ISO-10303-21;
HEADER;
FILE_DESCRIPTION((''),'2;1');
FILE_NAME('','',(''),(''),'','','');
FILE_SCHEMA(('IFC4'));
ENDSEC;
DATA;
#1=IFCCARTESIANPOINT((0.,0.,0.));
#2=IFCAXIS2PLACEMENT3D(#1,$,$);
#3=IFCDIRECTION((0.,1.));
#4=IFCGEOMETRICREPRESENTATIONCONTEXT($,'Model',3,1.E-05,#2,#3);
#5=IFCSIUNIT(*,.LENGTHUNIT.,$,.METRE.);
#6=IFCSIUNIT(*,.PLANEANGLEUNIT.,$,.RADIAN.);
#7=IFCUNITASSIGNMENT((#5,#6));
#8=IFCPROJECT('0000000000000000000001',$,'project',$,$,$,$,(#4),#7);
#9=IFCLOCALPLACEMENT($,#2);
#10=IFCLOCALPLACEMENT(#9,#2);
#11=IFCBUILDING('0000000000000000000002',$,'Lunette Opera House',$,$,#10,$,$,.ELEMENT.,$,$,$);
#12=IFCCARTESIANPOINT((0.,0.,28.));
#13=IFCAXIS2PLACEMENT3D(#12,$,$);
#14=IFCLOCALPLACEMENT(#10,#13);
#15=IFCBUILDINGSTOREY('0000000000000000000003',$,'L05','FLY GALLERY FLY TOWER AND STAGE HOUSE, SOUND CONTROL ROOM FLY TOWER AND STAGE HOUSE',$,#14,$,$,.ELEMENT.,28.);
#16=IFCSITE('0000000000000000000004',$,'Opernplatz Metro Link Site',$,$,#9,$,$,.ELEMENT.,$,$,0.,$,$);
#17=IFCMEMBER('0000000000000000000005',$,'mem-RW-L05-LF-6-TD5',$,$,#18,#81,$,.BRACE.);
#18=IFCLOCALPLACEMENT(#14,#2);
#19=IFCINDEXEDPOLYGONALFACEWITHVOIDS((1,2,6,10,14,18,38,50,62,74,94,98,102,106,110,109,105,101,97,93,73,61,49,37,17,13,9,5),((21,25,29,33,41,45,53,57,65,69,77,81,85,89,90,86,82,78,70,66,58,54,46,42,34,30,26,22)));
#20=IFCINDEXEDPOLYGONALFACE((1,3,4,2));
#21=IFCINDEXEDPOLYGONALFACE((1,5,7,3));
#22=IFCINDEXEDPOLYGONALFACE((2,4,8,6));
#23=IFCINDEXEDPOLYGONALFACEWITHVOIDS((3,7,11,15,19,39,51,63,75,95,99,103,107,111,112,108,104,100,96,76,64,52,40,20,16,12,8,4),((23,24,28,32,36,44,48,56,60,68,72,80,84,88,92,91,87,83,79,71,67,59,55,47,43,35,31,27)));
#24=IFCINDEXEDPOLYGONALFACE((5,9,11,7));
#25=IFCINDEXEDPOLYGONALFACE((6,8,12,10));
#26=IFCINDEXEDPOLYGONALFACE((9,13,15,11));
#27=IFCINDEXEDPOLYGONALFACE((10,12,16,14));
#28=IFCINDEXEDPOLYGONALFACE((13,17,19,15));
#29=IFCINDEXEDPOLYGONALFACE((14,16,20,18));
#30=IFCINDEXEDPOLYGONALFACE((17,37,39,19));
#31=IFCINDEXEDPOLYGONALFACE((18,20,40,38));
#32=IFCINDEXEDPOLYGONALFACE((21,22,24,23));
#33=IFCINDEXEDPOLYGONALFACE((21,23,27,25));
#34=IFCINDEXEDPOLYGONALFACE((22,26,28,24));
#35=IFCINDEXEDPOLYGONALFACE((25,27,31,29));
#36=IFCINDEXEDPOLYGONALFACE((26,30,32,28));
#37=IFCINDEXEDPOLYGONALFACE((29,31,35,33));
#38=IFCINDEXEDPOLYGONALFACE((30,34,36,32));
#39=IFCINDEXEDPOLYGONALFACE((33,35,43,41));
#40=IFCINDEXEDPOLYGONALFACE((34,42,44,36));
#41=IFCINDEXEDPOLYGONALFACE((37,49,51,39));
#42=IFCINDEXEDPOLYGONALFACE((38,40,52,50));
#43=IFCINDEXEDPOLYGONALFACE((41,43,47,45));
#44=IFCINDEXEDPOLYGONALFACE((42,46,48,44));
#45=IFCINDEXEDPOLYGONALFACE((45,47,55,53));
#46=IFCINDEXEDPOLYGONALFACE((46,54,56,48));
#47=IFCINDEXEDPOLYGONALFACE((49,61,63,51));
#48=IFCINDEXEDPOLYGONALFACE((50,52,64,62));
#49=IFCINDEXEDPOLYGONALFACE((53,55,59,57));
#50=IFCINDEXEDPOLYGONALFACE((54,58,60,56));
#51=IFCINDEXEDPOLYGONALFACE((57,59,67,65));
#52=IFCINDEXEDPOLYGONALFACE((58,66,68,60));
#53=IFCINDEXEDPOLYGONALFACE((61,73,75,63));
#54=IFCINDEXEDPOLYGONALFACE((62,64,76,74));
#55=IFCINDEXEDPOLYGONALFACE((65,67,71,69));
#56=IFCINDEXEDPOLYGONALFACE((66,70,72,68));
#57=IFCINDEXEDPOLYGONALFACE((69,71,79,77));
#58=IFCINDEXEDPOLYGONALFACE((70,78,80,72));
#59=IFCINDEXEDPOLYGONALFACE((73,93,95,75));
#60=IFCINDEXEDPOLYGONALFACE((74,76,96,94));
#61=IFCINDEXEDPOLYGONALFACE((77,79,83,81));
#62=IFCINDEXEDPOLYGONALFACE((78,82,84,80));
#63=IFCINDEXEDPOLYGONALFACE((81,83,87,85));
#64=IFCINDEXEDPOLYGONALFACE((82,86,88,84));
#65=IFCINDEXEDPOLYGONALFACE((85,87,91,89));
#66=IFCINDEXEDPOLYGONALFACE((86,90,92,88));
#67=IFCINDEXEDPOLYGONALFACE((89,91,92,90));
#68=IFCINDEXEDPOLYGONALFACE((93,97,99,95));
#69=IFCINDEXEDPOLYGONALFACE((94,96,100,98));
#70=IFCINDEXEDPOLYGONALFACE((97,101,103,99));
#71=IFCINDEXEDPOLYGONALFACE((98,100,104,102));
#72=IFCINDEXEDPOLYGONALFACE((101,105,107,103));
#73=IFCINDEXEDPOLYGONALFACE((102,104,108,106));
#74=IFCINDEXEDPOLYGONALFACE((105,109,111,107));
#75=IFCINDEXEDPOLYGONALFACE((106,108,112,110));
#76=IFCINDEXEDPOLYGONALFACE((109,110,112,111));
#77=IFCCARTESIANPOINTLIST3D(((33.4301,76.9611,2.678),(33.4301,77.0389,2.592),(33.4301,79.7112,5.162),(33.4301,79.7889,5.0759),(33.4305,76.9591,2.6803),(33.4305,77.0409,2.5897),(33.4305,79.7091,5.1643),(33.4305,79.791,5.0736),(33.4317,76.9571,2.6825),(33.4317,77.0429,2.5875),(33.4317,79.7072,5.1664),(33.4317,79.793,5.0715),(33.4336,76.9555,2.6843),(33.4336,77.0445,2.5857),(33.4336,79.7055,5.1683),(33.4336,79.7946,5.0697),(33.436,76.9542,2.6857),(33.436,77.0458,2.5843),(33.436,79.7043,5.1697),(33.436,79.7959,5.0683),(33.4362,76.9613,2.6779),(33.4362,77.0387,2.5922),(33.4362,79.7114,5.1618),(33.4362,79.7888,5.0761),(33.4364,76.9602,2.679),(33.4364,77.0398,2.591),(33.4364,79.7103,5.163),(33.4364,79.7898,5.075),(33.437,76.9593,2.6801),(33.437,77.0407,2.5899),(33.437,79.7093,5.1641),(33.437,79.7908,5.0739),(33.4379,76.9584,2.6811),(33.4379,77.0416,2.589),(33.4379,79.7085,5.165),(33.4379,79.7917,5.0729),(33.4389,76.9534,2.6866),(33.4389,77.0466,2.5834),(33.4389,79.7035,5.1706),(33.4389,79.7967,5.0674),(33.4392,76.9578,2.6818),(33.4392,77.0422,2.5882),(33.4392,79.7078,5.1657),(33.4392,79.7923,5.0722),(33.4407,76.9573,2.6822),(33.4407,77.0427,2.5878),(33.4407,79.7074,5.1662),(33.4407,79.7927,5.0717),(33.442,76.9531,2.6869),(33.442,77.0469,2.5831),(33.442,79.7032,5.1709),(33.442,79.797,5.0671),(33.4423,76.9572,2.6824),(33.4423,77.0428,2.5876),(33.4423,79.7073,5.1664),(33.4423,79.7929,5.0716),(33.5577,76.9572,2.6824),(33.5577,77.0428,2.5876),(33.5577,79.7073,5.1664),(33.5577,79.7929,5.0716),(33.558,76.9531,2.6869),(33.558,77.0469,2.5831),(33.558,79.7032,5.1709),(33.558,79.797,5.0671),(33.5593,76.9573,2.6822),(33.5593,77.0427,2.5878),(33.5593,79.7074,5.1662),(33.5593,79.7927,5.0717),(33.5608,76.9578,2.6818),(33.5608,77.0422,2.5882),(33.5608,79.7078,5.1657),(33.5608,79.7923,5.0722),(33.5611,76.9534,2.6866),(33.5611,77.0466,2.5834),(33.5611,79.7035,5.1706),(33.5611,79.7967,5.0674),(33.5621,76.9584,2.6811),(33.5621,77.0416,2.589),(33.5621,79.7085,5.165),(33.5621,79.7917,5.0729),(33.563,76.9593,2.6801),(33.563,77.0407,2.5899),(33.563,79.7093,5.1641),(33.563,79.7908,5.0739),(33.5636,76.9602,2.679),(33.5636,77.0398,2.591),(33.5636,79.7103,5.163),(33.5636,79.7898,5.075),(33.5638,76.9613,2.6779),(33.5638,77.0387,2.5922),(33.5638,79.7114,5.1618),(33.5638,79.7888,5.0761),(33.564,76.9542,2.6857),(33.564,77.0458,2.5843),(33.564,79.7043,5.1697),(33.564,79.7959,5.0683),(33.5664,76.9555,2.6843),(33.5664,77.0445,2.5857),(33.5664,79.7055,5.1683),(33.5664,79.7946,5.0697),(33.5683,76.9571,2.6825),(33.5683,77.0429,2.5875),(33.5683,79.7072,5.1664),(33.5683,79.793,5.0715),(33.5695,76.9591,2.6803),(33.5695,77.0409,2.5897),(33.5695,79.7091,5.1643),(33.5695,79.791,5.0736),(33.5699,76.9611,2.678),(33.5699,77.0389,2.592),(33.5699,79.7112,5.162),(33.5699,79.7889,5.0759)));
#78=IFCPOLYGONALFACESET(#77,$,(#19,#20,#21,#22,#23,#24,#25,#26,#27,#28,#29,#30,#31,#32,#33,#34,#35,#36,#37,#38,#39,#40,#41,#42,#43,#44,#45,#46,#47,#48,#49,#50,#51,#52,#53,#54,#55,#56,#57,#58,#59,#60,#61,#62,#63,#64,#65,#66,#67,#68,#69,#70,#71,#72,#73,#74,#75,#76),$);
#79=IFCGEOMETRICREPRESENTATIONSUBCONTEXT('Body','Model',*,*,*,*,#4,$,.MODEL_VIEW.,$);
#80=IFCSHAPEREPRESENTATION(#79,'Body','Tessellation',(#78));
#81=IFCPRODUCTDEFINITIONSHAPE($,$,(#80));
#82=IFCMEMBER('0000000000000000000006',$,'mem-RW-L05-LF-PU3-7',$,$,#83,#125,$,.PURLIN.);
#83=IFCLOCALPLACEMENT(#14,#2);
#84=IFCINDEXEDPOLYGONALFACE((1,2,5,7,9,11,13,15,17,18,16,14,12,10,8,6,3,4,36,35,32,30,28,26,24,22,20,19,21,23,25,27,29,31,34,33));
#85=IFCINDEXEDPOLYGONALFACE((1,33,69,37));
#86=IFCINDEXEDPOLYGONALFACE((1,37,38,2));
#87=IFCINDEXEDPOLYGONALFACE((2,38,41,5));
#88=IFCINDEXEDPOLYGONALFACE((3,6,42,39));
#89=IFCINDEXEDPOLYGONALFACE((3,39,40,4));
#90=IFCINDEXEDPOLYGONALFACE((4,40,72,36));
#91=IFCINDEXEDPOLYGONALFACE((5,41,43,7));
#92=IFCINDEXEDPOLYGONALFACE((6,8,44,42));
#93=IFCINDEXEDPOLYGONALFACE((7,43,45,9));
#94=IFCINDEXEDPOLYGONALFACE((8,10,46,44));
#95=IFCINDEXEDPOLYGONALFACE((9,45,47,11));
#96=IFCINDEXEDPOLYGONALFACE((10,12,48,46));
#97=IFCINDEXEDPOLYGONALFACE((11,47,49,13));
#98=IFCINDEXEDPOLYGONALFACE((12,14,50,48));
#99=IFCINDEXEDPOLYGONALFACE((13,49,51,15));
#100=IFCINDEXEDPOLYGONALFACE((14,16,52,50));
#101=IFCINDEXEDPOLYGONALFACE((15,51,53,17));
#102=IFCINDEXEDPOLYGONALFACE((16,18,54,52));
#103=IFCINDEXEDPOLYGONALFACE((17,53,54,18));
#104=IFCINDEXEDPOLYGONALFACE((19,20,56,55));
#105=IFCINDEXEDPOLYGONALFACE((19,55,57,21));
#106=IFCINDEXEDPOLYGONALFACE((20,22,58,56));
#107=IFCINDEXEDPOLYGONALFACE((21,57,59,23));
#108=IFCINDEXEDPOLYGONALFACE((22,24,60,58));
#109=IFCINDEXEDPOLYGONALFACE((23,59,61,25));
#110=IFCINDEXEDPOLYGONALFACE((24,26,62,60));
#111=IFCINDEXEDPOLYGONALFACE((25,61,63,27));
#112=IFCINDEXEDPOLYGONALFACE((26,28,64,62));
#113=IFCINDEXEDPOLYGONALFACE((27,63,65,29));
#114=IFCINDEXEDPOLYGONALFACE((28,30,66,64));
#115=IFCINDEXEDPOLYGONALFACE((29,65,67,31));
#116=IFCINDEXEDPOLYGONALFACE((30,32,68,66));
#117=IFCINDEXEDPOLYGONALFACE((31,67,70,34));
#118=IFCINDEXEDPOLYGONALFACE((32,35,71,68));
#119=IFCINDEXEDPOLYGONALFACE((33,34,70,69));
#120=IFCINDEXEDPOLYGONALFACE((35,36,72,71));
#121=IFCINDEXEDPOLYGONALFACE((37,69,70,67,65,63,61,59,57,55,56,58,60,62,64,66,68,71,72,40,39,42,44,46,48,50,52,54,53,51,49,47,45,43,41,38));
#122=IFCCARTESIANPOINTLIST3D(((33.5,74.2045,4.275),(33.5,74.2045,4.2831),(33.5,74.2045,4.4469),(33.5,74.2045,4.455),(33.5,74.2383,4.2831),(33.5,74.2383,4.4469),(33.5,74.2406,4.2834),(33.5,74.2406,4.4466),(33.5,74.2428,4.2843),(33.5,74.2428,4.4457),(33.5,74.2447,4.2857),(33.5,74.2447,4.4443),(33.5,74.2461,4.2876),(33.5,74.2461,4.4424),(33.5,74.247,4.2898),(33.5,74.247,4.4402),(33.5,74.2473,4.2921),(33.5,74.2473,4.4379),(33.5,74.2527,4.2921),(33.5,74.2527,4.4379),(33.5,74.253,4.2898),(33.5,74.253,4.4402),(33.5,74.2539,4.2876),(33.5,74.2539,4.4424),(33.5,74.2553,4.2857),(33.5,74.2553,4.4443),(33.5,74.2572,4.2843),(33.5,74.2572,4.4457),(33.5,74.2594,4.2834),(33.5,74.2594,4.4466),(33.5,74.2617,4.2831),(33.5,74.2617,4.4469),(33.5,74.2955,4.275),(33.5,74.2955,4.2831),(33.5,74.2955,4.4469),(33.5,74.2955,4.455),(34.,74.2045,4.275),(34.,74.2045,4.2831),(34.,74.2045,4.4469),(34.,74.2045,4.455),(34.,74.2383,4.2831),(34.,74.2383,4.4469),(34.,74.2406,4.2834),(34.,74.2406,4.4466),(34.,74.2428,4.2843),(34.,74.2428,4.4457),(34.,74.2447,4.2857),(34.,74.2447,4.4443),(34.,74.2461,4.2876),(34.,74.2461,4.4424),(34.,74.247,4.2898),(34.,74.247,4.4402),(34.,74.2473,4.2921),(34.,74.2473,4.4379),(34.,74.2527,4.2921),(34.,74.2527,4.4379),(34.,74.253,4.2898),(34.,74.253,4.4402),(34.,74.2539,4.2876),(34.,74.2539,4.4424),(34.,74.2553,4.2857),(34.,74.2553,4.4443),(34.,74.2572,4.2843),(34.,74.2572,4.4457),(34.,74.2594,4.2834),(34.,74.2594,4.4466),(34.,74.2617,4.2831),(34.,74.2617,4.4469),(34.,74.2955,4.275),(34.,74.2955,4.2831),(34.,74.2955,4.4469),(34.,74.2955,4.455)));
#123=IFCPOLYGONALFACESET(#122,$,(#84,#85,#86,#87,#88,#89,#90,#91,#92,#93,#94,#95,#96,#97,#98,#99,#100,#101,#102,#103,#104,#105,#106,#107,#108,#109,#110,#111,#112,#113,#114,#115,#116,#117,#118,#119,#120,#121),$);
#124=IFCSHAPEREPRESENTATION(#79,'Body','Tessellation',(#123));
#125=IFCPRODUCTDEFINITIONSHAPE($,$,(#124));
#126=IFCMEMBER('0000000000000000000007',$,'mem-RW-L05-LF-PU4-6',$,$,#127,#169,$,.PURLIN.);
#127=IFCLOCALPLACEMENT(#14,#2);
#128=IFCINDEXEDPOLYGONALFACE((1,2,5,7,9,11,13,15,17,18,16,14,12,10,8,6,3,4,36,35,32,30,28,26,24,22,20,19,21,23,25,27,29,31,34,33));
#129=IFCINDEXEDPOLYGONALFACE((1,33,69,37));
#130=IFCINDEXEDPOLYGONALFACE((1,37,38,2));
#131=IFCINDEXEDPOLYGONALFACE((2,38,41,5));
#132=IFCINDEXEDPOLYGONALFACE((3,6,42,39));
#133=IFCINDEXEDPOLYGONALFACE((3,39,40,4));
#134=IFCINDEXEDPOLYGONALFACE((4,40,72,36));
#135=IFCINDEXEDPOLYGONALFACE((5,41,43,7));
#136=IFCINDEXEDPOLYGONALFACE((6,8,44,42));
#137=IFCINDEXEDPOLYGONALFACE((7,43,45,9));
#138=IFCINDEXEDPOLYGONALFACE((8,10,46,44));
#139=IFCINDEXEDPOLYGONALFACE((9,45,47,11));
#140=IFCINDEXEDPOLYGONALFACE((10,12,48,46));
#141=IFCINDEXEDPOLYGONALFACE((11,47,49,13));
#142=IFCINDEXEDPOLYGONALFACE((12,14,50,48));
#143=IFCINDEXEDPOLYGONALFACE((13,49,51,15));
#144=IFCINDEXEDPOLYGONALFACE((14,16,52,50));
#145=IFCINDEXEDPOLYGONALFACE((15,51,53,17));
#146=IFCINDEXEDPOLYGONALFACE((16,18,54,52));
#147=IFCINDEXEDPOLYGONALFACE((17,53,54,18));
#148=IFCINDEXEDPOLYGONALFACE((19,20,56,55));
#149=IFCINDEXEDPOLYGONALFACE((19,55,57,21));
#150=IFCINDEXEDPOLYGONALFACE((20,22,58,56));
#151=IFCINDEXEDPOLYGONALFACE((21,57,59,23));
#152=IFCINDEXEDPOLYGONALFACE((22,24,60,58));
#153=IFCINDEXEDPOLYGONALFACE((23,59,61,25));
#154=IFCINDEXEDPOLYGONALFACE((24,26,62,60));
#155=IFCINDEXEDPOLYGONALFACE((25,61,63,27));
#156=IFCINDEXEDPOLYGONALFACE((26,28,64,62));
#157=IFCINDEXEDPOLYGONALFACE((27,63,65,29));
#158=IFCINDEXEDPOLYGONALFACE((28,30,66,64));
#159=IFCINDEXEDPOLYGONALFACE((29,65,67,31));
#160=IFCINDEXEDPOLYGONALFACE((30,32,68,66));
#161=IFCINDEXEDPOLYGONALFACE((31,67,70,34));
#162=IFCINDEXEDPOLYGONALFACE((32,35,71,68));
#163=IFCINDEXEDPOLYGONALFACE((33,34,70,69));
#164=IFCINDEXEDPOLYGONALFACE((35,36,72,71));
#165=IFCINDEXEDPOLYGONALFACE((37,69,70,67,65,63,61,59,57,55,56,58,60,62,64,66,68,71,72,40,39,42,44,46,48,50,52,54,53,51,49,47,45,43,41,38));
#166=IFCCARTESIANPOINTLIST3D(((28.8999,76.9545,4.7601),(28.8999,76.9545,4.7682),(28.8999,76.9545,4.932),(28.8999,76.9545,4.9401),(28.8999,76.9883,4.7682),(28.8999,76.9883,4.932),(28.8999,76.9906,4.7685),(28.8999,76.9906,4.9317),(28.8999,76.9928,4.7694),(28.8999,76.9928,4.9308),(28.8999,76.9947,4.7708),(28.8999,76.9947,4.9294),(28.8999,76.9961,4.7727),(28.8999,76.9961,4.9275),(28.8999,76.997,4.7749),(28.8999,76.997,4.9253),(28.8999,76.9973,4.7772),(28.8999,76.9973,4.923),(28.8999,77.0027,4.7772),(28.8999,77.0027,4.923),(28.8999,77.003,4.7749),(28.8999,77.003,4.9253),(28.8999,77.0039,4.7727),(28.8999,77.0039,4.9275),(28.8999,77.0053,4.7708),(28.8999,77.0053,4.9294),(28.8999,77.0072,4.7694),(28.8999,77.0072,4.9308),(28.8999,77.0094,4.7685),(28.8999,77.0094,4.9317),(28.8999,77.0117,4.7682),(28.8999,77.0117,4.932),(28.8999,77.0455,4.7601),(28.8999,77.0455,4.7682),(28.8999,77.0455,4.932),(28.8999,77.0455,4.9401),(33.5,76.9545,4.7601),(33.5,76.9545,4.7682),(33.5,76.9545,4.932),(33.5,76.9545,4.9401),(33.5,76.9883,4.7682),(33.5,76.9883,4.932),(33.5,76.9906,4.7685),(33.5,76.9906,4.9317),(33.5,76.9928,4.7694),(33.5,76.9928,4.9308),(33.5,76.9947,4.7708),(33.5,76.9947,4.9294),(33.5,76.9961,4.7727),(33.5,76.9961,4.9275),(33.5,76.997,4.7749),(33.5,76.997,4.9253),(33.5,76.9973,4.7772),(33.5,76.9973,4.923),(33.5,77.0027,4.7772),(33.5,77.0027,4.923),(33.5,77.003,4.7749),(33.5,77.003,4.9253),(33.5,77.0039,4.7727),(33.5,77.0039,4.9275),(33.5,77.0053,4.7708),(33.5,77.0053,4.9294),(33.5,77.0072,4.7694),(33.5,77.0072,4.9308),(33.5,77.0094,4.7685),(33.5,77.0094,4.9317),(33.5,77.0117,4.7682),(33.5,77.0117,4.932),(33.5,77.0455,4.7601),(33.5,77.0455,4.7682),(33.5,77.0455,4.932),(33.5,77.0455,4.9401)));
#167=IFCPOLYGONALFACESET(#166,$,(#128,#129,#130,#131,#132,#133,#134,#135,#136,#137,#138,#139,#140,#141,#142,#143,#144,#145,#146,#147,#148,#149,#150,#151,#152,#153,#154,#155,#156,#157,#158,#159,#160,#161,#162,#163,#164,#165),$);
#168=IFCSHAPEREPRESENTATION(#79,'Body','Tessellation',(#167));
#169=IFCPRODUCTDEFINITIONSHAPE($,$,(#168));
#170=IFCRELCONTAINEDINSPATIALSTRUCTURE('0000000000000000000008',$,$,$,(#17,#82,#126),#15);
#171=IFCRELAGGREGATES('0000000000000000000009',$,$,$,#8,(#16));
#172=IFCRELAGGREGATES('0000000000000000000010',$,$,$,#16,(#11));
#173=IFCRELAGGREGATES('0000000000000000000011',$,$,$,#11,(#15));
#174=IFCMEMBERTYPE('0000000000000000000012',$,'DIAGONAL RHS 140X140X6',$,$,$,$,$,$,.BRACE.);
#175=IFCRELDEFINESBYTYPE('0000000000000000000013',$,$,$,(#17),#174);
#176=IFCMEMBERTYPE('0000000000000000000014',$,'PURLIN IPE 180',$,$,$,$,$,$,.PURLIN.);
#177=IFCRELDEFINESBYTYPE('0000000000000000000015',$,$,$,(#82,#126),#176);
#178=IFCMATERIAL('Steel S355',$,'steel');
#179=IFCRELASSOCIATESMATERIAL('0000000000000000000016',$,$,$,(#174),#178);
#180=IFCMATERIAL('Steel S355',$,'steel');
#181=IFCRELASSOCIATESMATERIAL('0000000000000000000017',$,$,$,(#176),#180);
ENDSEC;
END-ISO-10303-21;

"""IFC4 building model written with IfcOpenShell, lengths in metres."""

from ifc_helpers import new_model, si_unit, direction, frame, origin, origin_2d, place, context, subcontext, project, spatial, hollow_rectangle, i_section, extrude, material, material_profile, profile_set, type_object, element, save


model = new_model("IFC4")

# Units and contexts
model_context = context("Model", 3, precision=1e-05, world=origin(), true_north=direction((0.0, 1.0)))
body_context = subcontext(model_context, "Body", "Model", "MODEL_VIEW")
ifc_project = project(units=[si_unit("LENGTHUNIT", "METRE"), si_unit("PLANEANGLEUNIT", "RADIAN")], contexts=[model_context])

# Site, building, storey
site_placement = place(None, origin())
site = spatial("IfcSite", under=ifc_project, at=site_placement, Name="Opernplatz Metro Link Site", CompositionType="ELEMENT", RefElevation=0.0)
building_placement = place(site_placement, origin())
building = spatial("IfcBuilding", under=site, at=building_placement, Name="Lunette Opera House", CompositionType="ELEMENT")
storey_placement = place(building_placement, frame((0.0, 0.0, 28.0)))
storey = spatial("IfcBuildingStorey", under=building, at=storey_placement, Name="L05", Description="FLY GALLERY FLY TOWER AND STAGE HOUSE, SOUND CONTROL ROOM FLY TOWER AND STAGE HOUSE", CompositionType="ELEMENT", Elevation=28.0)

# Members
ifc_material_1 = material(Name="Steel S355", Category="steel")
ifc_material_profile_1 = material_profile(ifc_material_1, hollow_rectangle(XDim=0.1399, YDim=0.1399, WallThickness=0.0061, InnerFilletRadius=0.0061, OuterFilletRadius=0.012, at=origin_2d()), Name="RHS 140X140X6")
ifc_profile_set_1 = profile_set([ifc_material_profile_1], Name="Steel S355")
member_type_1 = type_object("IfcMemberType", Name="DIAGONAL RHS 140X140X6", PredefinedType="BRACE", material=ifc_profile_set_1)
member_1_placement = place(storey_placement, frame((33.5, 77.0, 2.635), z_axis=(0.0, 0.742101, 0.670289), x_axis=(-1.0, 0.0, 0.0)))
element("IfcMember", 1, at=member_1_placement, inside=storey, type_object=member_type_1, Name="mem-RW-L05-LF-6-TD5", PredefinedType="BRACE", context=body_context, shape_type="SweptSolid", body=[
    extrude(hollow_rectangle(XDim=0.1399, YDim=0.1399, WallThickness=0.0061, InnerFilletRadius=0.0061, OuterFilletRadius=0.012, at=origin_2d()), origin(), (0.0, 0.0, 1.0), 3.7058),
])
ifc_material_2 = material(Name="Steel S355", Category="steel")
ifc_material_profile_2 = material_profile(ifc_material_2, i_section(OverallWidth=0.0911, OverallDepth=0.1799, WebThickness=0.0054, FlangeThickness=0.0081, FilletRadius=0.009, at=origin_2d()), Name="IPE 180")
ifc_profile_set_2 = profile_set([ifc_material_profile_2], Name="Steel S355")
member_type_2 = type_object("IfcMemberType", Name="PURLIN IPE 180", PredefinedType="PURLIN", material=ifc_profile_set_2)
member_2_placement = place(storey_placement, frame((33.5, 74.25, 4.365), z_axis=(1.0, 0.0, 0.0), x_axis=(0.0, 1.0, 0.0)))
element("IfcMember", 2, at=member_2_placement, inside=storey, type_object=member_type_2, Name="mem-RW-L05-LF-PU3-7", PredefinedType="PURLIN", context=body_context, shape_type="SweptSolid", body=[
    extrude(i_section(OverallWidth=0.0911, OverallDepth=0.1799, WebThickness=0.0054, FlangeThickness=0.0081, FilletRadius=0.009, at=origin_2d()), origin(), (0.0, 0.0, 1.0), 0.5),
])
member_3_placement = place(storey_placement, frame((28.8999, 77.0, 4.8501), z_axis=(1.0, 0.0, 0.0), x_axis=(0.0, 1.0, 0.0)))
element("IfcMember", 3, at=member_3_placement, inside=storey, type_object=member_type_2, Name="mem-RW-L05-LF-PU4-6", PredefinedType="PURLIN", context=body_context, shape_type="SweptSolid", body=[
    extrude(i_section(OverallWidth=0.0911, OverallDepth=0.1799, WebThickness=0.0054, FlangeThickness=0.0081, FilletRadius=0.009, at=origin_2d()), origin(), (0.0, 0.0, 1.0), 4.6001),
])

save(model, "model.ifc")
